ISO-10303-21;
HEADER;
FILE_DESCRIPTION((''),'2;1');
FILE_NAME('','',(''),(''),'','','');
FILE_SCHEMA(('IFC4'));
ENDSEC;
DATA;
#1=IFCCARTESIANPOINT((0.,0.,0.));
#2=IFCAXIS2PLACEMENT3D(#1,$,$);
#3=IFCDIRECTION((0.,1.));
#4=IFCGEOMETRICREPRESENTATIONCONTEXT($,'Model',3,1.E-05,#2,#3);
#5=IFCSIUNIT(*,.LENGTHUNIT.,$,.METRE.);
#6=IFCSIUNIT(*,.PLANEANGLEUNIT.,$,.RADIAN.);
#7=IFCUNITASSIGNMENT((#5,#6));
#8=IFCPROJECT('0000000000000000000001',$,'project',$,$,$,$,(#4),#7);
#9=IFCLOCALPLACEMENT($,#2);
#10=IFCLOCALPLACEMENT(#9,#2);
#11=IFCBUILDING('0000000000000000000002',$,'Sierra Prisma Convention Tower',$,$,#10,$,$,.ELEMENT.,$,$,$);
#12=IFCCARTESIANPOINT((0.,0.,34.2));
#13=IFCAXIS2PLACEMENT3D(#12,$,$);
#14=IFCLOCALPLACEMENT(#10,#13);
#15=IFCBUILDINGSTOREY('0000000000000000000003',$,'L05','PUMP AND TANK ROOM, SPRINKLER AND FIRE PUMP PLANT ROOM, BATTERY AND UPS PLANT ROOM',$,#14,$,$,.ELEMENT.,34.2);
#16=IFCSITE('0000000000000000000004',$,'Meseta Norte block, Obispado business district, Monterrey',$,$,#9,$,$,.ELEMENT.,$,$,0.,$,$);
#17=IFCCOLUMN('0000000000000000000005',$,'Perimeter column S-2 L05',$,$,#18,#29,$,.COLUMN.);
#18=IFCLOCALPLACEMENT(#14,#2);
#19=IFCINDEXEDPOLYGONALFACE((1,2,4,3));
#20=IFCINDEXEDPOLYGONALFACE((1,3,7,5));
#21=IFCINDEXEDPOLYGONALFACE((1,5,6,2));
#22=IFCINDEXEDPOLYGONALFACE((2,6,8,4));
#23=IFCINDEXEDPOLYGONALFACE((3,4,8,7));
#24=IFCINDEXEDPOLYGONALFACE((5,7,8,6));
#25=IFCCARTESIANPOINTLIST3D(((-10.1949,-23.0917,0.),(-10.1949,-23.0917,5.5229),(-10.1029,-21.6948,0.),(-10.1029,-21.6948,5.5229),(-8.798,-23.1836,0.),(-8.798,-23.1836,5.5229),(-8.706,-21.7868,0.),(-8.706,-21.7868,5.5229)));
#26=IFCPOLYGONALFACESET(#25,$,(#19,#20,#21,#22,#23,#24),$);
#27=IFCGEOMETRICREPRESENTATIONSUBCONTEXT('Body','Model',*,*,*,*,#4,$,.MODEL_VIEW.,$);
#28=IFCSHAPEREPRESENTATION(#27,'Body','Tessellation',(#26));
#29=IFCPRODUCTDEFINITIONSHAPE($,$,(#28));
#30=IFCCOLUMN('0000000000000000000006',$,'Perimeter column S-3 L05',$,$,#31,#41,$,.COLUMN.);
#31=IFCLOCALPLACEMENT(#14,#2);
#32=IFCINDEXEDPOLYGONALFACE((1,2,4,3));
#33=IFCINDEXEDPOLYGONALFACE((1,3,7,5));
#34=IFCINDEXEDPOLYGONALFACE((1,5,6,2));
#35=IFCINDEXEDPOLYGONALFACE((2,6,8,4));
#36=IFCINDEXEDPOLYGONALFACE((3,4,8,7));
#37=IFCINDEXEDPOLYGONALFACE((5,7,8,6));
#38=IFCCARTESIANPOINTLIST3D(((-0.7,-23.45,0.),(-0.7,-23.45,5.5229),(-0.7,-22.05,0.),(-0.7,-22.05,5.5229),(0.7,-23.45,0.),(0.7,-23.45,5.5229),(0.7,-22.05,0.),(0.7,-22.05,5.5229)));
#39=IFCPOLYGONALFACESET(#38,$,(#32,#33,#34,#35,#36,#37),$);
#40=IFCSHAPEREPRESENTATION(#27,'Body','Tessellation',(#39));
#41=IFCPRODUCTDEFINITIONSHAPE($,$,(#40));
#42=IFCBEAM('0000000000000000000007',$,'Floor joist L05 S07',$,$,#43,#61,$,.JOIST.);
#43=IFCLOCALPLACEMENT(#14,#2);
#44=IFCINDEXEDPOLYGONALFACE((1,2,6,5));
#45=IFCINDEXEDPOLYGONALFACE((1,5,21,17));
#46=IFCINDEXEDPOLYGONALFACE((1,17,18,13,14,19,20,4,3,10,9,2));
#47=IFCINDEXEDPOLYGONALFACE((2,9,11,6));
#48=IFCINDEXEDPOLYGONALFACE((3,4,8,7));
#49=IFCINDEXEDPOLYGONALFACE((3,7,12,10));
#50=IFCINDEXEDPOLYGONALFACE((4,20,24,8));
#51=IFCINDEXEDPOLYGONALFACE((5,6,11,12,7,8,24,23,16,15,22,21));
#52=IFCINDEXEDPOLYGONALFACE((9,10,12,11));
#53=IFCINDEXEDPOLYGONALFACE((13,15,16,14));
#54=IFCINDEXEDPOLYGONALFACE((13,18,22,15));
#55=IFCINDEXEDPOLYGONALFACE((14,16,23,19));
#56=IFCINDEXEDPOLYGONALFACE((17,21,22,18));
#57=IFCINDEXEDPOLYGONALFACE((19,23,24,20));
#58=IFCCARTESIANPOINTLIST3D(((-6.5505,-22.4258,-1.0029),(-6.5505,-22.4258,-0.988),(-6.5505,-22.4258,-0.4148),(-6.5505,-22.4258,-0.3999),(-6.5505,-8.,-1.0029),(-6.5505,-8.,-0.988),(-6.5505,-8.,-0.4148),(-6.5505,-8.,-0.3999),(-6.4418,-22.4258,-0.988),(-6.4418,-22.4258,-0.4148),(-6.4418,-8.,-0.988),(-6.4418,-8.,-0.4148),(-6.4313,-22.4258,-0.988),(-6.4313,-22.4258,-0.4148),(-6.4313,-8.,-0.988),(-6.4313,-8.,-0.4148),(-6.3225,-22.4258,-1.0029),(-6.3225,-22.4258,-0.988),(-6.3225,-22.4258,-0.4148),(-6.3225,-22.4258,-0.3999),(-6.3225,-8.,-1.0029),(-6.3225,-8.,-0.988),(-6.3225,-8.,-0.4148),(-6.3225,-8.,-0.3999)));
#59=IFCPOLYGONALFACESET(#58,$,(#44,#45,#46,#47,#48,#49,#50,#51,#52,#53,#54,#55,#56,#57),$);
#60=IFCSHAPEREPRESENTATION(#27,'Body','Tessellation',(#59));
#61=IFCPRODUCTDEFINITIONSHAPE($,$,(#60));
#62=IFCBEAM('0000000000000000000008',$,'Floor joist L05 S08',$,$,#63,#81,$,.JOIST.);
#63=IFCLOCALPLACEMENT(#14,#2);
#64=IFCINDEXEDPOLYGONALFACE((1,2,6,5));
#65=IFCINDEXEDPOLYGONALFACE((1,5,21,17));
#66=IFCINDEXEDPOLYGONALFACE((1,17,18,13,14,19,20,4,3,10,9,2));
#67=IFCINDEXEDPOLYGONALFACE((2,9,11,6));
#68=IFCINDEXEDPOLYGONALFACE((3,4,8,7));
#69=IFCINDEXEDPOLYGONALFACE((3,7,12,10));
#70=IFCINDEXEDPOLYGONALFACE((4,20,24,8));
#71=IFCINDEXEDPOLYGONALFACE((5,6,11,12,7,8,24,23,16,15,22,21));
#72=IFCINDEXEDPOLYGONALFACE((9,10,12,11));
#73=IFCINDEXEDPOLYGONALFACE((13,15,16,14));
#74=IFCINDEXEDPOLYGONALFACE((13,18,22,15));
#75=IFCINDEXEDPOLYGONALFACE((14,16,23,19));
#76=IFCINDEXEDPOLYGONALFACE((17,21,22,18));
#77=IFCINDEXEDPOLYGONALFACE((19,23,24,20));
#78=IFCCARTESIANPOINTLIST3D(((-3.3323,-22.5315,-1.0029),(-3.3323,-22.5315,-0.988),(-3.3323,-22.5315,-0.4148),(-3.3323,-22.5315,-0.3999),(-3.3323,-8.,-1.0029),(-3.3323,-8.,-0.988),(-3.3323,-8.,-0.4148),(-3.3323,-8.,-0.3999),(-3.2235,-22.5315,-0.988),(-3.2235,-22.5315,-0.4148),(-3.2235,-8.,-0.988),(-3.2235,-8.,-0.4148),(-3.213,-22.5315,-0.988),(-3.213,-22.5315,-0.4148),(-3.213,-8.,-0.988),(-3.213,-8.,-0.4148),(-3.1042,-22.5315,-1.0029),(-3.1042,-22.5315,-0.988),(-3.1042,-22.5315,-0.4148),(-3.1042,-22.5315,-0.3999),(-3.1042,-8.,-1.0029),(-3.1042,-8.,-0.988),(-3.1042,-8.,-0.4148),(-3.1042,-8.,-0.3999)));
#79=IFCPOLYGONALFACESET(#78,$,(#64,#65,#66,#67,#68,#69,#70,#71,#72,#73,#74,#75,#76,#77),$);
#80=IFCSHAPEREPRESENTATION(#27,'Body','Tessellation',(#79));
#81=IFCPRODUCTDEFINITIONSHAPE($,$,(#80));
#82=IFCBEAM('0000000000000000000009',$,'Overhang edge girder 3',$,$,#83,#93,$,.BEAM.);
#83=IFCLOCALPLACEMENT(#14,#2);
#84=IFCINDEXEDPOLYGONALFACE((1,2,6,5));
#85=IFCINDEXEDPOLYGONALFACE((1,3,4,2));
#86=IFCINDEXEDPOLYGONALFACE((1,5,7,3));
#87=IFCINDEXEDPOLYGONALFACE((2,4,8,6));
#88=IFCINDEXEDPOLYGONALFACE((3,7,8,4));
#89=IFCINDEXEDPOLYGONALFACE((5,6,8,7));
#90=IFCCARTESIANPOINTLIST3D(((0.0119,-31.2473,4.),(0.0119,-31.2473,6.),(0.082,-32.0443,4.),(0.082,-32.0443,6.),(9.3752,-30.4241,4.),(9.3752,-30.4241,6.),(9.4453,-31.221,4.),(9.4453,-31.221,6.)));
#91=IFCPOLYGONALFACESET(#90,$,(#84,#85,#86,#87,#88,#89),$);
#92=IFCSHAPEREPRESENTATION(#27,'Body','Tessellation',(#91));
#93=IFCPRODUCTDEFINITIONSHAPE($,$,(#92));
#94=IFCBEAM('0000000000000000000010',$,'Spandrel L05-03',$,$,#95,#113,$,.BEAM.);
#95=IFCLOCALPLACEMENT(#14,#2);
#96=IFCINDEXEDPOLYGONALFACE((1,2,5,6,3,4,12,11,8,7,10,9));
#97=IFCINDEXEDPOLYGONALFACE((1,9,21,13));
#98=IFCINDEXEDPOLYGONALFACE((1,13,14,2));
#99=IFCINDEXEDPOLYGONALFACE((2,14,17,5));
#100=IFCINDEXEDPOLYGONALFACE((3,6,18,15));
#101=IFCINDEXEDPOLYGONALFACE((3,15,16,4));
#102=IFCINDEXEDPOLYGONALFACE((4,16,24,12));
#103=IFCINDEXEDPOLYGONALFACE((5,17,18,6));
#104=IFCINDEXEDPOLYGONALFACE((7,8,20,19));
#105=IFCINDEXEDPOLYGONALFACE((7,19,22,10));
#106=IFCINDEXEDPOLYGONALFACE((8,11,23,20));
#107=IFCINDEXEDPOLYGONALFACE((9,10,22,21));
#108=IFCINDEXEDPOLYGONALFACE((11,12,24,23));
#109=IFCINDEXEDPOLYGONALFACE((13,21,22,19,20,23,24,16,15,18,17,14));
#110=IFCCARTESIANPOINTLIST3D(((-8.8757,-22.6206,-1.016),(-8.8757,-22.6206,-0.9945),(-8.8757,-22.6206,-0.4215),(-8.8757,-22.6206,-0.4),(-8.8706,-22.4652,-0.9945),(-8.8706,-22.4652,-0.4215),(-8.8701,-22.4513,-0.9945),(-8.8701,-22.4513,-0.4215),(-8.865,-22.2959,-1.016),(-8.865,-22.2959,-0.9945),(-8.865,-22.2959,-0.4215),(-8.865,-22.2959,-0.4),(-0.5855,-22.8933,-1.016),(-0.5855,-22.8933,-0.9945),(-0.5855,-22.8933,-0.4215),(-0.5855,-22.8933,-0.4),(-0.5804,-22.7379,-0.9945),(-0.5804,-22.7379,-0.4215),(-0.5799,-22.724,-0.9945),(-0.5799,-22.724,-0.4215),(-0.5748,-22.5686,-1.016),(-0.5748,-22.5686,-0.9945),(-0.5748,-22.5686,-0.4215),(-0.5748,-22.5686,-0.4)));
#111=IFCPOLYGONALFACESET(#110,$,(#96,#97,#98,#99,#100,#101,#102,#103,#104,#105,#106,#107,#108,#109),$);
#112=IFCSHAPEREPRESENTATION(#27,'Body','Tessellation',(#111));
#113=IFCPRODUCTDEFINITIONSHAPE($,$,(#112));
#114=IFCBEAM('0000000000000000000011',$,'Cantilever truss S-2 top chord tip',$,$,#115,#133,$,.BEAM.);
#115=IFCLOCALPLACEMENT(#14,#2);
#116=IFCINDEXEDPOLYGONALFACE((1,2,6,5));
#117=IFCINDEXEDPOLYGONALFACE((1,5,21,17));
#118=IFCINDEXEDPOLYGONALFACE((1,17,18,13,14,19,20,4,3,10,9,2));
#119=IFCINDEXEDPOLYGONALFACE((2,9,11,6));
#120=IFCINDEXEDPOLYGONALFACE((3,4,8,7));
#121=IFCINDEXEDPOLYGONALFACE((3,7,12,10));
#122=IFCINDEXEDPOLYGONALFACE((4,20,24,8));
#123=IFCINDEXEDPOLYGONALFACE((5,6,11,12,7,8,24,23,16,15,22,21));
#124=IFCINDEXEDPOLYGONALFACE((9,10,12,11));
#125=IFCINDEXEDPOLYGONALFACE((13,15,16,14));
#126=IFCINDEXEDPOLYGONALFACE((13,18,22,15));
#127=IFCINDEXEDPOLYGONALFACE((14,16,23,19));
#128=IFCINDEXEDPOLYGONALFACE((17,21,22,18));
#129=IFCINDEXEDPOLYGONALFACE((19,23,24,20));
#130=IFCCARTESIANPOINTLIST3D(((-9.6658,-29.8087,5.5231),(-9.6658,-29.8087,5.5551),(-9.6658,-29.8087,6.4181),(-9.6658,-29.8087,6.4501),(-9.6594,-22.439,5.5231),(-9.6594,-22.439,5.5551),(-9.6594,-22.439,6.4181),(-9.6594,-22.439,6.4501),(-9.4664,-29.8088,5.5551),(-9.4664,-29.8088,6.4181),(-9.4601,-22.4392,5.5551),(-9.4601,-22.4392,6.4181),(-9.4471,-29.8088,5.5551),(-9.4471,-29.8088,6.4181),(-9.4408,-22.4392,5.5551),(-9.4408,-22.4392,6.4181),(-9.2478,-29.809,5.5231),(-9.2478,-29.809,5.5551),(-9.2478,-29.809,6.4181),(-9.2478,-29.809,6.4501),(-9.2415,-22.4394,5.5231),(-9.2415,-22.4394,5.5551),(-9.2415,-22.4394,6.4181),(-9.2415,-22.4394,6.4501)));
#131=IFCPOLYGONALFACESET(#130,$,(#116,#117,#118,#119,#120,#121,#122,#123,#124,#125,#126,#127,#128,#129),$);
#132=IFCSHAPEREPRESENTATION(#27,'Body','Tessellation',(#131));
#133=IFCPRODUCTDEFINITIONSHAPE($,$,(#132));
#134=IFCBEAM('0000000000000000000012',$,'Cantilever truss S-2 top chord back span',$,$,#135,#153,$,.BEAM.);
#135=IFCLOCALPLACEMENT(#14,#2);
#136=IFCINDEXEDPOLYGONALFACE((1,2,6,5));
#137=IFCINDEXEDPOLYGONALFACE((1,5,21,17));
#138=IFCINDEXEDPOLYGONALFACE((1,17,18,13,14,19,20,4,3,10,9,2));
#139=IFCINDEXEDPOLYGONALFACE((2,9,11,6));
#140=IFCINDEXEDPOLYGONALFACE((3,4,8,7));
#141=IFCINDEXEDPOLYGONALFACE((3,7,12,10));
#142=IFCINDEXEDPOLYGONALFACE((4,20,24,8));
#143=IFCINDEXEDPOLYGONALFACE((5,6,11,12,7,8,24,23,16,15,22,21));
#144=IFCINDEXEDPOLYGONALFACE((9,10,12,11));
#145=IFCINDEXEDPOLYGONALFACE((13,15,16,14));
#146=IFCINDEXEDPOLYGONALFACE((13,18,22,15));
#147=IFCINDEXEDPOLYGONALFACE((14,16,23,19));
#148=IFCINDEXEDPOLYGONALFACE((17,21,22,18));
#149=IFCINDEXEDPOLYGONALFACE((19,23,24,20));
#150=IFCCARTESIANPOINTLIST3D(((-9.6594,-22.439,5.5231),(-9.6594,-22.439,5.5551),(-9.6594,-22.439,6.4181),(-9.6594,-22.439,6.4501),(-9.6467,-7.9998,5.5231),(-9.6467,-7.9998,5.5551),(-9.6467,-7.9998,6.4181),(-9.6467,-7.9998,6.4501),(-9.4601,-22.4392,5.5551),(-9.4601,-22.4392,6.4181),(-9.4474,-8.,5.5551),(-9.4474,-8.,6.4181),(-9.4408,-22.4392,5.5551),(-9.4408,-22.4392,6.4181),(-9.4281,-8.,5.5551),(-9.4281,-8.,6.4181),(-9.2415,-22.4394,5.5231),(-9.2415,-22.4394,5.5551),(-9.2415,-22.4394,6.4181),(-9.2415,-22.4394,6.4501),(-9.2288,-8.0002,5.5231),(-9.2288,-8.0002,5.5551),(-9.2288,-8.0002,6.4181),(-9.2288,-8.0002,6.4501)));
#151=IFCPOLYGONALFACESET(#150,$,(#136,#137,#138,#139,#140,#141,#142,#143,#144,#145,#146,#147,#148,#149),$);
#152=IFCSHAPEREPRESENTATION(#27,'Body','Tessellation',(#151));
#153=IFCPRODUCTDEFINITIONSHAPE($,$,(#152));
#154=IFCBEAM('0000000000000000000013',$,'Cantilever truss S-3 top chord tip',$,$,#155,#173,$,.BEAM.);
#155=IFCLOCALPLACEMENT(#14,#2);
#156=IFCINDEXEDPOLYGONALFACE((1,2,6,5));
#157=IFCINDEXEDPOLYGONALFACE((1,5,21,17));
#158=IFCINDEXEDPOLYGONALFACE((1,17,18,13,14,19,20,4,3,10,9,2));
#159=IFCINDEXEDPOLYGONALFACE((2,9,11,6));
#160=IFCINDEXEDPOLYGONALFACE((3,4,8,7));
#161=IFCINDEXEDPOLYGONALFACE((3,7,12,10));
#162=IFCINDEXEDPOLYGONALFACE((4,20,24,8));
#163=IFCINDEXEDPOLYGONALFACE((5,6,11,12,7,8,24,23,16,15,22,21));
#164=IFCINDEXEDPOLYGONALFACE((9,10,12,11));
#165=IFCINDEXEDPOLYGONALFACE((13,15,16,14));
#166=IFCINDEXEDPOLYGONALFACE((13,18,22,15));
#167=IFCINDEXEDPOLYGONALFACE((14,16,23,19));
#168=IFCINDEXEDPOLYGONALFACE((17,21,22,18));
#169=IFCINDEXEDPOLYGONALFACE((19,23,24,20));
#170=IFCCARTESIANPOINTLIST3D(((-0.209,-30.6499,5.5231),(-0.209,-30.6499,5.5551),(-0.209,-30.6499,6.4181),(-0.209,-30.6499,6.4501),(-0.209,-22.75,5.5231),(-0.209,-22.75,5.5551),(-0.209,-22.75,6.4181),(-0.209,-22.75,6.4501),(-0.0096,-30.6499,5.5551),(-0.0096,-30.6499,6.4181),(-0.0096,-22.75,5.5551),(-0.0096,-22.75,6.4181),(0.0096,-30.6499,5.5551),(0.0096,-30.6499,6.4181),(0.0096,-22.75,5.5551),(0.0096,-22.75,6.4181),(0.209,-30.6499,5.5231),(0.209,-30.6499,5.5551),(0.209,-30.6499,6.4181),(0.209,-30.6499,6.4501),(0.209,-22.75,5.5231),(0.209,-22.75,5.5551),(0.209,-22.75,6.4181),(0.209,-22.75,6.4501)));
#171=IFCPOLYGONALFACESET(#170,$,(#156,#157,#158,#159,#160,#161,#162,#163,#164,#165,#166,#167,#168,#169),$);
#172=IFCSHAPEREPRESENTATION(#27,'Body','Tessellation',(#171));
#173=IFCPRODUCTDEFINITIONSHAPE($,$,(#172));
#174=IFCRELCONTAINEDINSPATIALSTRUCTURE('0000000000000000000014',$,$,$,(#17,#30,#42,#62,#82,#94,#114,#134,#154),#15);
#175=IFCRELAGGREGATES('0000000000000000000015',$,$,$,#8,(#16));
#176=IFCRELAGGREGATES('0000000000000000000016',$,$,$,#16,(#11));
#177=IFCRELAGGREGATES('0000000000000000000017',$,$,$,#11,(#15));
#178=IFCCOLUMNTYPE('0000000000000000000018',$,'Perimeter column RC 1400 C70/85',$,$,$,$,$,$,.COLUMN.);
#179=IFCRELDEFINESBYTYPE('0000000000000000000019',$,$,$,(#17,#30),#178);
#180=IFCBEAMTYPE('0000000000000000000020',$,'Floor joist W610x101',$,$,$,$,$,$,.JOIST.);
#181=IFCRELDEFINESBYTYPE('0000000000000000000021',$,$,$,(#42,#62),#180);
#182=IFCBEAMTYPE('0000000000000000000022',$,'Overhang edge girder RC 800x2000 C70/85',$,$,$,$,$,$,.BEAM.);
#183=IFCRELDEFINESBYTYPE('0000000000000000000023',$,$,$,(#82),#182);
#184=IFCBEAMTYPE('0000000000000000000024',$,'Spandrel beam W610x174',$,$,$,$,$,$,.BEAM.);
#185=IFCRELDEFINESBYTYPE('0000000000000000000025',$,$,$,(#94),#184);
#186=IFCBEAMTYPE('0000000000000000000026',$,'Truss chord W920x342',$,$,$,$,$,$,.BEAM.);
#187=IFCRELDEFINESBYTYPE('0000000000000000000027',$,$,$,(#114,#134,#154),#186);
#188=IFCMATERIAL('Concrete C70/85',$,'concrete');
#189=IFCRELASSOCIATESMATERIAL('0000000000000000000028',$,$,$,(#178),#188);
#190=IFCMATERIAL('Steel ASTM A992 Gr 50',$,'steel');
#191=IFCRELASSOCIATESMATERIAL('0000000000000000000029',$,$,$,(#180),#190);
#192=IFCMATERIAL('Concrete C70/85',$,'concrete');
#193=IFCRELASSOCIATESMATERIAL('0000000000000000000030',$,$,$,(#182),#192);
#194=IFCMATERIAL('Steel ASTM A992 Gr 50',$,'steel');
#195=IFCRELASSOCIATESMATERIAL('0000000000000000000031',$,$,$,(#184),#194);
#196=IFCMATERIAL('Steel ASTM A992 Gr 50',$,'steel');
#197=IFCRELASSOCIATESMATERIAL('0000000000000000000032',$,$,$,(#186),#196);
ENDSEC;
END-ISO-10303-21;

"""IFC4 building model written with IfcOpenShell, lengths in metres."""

from ifc_helpers import new_model, si_unit, direction, frame, origin, origin_2d, place, context, subcontext, project, spatial, rectangle, i_section, extrude, clip, halfspace, material, material_profile, profile_set, type_object, element, save


model = new_model("IFC4")

# Units and contexts
model_context = context("Model", 3, precision=1e-05, world=origin(), true_north=direction((0.0, 1.0)))
body_context = subcontext(model_context, "Body", "Model", "MODEL_VIEW")
ifc_project = project(units=[si_unit("LENGTHUNIT", "METRE"), si_unit("PLANEANGLEUNIT", "RADIAN")], contexts=[model_context])

# Site, building, storey
site_placement = place(None, origin())
site = spatial("IfcSite", under=ifc_project, at=site_placement, Name="Meseta Norte block, Obispado business district, Monterrey", CompositionType="ELEMENT", RefElevation=0.0)
building_placement = place(site_placement, origin())
building = spatial("IfcBuilding", under=site, at=building_placement, Name="Sierra Prisma Convention Tower", CompositionType="ELEMENT")
storey_placement = place(building_placement, frame((0.0, 0.0, 34.2)))
storey = spatial("IfcBuildingStorey", under=building, at=storey_placement, Name="L05", Description="PUMP AND TANK ROOM, SPRINKLER AND FIRE PUMP PLANT ROOM, BATTERY AND UPS PLANT ROOM", CompositionType="ELEMENT", Elevation=34.2)

# Columns
ifc_material_1 = material(Name="Concrete C70/85", Category="concrete")
ifc_material_profile_1 = material_profile(ifc_material_1, rectangle(XDim=1.3999, YDim=1.3999, at=origin_2d()), Name="Perimeter column RC 1400 C70/85")
ifc_profile_set_1 = profile_set([ifc_material_profile_1], Name="Concrete C70/85")
column_type = type_object("IfcColumnType", Name="Perimeter column RC 1400 C70/85", PredefinedType="COLUMN", material=ifc_profile_set_1)
for number, where, z_axis, x_axis, name in (
    (1, (-9.4504, -22.4392, 0.0), (0.0, 0.0, 1.0), (-0.997839, 0.065699, 0.0), "Perimeter column S-2 L05"),
    (2, (0.0, -22.75, 0.0), (0.0, 0.0, 1.0), (1.0, 0.0, 0.0), "Perimeter column S-3 L05"),
):
    element("IfcColumn", number, at=place(storey_placement, frame(where, z_axis=z_axis, x_axis=x_axis)), inside=storey, type_object=column_type, Name=name, PredefinedType="COLUMN", context=body_context, shape_type="SweptSolid", body=[
        extrude(rectangle(XDim=1.3999, YDim=1.3999, at=origin_2d()), origin(), (0.0, 0.0, 1.0), 5.5229),
    ])

# Beams
ifc_material_2 = material(Name="Steel ASTM A992 Gr 50", Category="steel")
ifc_material_profile_2 = material_profile(ifc_material_2, i_section(OverallWidth=0.228, OverallDepth=0.603, WebThickness=0.0105, FlangeThickness=0.0149, at=origin_2d()), Name="W610x101")
ifc_profile_set_2 = profile_set([ifc_material_profile_2], Name="Steel ASTM A992 Gr 50")
beam_type_1 = type_object("IfcBeamType", Name="Floor joist W610x101", PredefinedType="JOIST", material=ifc_profile_set_2)
beam_1_placement = place(storey_placement, frame((-6.4365, -22.4258, -0.7014), z_axis=(0.0, 1.0, 0.0), x_axis=(-1.0, 0.0, 0.0)))
element("IfcBeam", 3, at=beam_1_placement, inside=storey, type_object=beam_type_1, Name="Floor joist L05 S07", PredefinedType="JOIST", context=body_context, shape_type="SweptSolid", body=[
    extrude(i_section(OverallWidth=0.228, OverallDepth=0.603, WebThickness=0.0105, FlangeThickness=0.0149, at=origin_2d()), origin(), (0.0, 0.0, 1.0), 14.4258),
])
beam_2_placement = place(storey_placement, frame((-3.2183, -22.5315, -0.7014), z_axis=(0.0, 1.0, 0.0), x_axis=(-1.0, 0.0, 0.0)))
element("IfcBeam", 4, at=beam_2_placement, inside=storey, type_object=beam_type_1, Name="Floor joist L05 S08", PredefinedType="JOIST", context=body_context, shape_type="SweptSolid", body=[
    extrude(i_section(OverallWidth=0.228, OverallDepth=0.603, WebThickness=0.0105, FlangeThickness=0.0149, at=origin_2d()), origin(), (0.0, 0.0, 1.0), 14.5315),
])
ifc_material_3 = material(Name="Concrete C70/85", Category="concrete")
ifc_material_profile_3 = material_profile(ifc_material_3, rectangle(XDim=0.8, YDim=2.0, at=origin_2d()), Name="Overhang edge girder RC 800x2000 C70/85")
ifc_profile_set_3 = profile_set([ifc_material_profile_3], Name="Concrete C70/85")
beam_type_2 = type_object("IfcBeamType", Name="Overhang edge girder RC 800x2000 C70/85", PredefinedType="BEAM", material=ifc_profile_set_3)
beam_3_placement = place(storey_placement, frame((0.0, -31.6499, 5.0), z_axis=(0.996157, 0.087584, 0.0), x_axis=(-0.087584, 0.996157, 0.0)))
element("IfcBeam", 5, at=beam_3_placement, inside=storey, type_object=beam_type_2, Name="Overhang edge girder 3", PredefinedType="BEAM", context=body_context, shape_type="SweptSolid", body=[
    clip(clip(extrude(rectangle(XDim=0.8, YDim=2.0, at=origin_2d()), origin(), (0.0, 0.0, 1.0), 9.4941), halfspace(frame((0.0, 0.0, 0.0471)), True)), halfspace(frame((0.0, 0.0, 9.4465)), False)),
])
ifc_material_4 = material(Name="Steel ASTM A992 Gr 50", Category="steel")
ifc_material_profile_4 = material_profile(ifc_material_4, i_section(OverallWidth=0.325, OverallDepth=0.616, WebThickness=0.0139, FlangeThickness=0.0215, at=origin_2d()), Name="W610x174")
ifc_profile_set_4 = profile_set([ifc_material_profile_4], Name="Steel ASTM A992 Gr 50")
beam_type_3 = type_object("IfcBeamType", Name="Spandrel beam W610x174", PredefinedType="BEAM", material=ifc_profile_set_4)
beam_4_placement = place(storey_placement, frame((-8.8704, -22.4583, -0.708), z_axis=(0.999459, -0.032877, 0.0), x_axis=(0.032877, 0.999459, 0.0)))
element("IfcBeam", 6, at=beam_4_placement, inside=storey, type_object=beam_type_3, Name="Spandrel L05-03", PredefinedType="BEAM", context=body_context, shape_type="SweptSolid", body=[
    extrude(i_section(OverallWidth=0.325, OverallDepth=0.616, WebThickness=0.0139, FlangeThickness=0.0215, at=origin_2d()), origin(), (0.0, 0.0, 1.0), 8.2947),
])
ifc_material_5 = material(Name="Steel ASTM A992 Gr 50", Category="steel")
ifc_material_profile_5 = material_profile(ifc_material_5, i_section(OverallWidth=0.418, OverallDepth=0.927, WebThickness=0.0193, FlangeThickness=0.032, at=origin_2d()), Name="W920x342")
ifc_profile_set_5 = profile_set([ifc_material_profile_5], Name="Steel ASTM A992 Gr 50")
beam_type_4 = type_object("IfcBeamType", Name="Truss chord W920x342", PredefinedType="BEAM", material=ifc_profile_set_5)
beam_5_placement = place(storey_placement, frame((-9.4568, -29.8088, 5.9866), z_axis=(0.000861, 1.0, 0.0), x_axis=(-1.0, 0.000861, 0.0)))
element("IfcBeam", 7, at=beam_5_placement, inside=storey, type_object=beam_type_4, Name="Cantilever truss S-2 top chord tip", PredefinedType="BEAM", context=body_context, shape_type="SweptSolid", body=[
    extrude(i_section(OverallWidth=0.418, OverallDepth=0.927, WebThickness=0.0193, FlangeThickness=0.032, at=origin_2d()), origin(), (0.0, 0.0, 1.0), 7.3696),
])
beam_6_placement = place(storey_placement, frame((-9.4504, -22.4392, 5.9866), z_axis=(0.000879, 1.0, 0.0), x_axis=(-1.0, 0.000879, 0.0)))
element("IfcBeam", 8, at=beam_6_placement, inside=storey, type_object=beam_type_4, Name="Cantilever truss S-2 top chord back span", PredefinedType="BEAM", context=body_context, shape_type="SweptSolid", body=[
    extrude(i_section(OverallWidth=0.418, OverallDepth=0.927, WebThickness=0.0193, FlangeThickness=0.032, at=origin_2d()), origin(), (0.0, 0.0, 1.0), 14.4392),
])
beam_7_placement = place(storey_placement, frame((0.0, -30.6499, 5.9866), z_axis=(0.0, 1.0, 0.0), x_axis=(-1.0, 0.0, 0.0)))
element("IfcBeam", 9, at=beam_7_placement, inside=storey, type_object=beam_type_4, Name="Cantilever truss S-3 top chord tip", PredefinedType="BEAM", context=body_context, shape_type="SweptSolid", body=[
    extrude(i_section(OverallWidth=0.418, OverallDepth=0.927, WebThickness=0.0193, FlangeThickness=0.032, at=origin_2d()), origin(), (0.0, 0.0, 1.0), 7.8999),
])

save(model, "model.ifc")
